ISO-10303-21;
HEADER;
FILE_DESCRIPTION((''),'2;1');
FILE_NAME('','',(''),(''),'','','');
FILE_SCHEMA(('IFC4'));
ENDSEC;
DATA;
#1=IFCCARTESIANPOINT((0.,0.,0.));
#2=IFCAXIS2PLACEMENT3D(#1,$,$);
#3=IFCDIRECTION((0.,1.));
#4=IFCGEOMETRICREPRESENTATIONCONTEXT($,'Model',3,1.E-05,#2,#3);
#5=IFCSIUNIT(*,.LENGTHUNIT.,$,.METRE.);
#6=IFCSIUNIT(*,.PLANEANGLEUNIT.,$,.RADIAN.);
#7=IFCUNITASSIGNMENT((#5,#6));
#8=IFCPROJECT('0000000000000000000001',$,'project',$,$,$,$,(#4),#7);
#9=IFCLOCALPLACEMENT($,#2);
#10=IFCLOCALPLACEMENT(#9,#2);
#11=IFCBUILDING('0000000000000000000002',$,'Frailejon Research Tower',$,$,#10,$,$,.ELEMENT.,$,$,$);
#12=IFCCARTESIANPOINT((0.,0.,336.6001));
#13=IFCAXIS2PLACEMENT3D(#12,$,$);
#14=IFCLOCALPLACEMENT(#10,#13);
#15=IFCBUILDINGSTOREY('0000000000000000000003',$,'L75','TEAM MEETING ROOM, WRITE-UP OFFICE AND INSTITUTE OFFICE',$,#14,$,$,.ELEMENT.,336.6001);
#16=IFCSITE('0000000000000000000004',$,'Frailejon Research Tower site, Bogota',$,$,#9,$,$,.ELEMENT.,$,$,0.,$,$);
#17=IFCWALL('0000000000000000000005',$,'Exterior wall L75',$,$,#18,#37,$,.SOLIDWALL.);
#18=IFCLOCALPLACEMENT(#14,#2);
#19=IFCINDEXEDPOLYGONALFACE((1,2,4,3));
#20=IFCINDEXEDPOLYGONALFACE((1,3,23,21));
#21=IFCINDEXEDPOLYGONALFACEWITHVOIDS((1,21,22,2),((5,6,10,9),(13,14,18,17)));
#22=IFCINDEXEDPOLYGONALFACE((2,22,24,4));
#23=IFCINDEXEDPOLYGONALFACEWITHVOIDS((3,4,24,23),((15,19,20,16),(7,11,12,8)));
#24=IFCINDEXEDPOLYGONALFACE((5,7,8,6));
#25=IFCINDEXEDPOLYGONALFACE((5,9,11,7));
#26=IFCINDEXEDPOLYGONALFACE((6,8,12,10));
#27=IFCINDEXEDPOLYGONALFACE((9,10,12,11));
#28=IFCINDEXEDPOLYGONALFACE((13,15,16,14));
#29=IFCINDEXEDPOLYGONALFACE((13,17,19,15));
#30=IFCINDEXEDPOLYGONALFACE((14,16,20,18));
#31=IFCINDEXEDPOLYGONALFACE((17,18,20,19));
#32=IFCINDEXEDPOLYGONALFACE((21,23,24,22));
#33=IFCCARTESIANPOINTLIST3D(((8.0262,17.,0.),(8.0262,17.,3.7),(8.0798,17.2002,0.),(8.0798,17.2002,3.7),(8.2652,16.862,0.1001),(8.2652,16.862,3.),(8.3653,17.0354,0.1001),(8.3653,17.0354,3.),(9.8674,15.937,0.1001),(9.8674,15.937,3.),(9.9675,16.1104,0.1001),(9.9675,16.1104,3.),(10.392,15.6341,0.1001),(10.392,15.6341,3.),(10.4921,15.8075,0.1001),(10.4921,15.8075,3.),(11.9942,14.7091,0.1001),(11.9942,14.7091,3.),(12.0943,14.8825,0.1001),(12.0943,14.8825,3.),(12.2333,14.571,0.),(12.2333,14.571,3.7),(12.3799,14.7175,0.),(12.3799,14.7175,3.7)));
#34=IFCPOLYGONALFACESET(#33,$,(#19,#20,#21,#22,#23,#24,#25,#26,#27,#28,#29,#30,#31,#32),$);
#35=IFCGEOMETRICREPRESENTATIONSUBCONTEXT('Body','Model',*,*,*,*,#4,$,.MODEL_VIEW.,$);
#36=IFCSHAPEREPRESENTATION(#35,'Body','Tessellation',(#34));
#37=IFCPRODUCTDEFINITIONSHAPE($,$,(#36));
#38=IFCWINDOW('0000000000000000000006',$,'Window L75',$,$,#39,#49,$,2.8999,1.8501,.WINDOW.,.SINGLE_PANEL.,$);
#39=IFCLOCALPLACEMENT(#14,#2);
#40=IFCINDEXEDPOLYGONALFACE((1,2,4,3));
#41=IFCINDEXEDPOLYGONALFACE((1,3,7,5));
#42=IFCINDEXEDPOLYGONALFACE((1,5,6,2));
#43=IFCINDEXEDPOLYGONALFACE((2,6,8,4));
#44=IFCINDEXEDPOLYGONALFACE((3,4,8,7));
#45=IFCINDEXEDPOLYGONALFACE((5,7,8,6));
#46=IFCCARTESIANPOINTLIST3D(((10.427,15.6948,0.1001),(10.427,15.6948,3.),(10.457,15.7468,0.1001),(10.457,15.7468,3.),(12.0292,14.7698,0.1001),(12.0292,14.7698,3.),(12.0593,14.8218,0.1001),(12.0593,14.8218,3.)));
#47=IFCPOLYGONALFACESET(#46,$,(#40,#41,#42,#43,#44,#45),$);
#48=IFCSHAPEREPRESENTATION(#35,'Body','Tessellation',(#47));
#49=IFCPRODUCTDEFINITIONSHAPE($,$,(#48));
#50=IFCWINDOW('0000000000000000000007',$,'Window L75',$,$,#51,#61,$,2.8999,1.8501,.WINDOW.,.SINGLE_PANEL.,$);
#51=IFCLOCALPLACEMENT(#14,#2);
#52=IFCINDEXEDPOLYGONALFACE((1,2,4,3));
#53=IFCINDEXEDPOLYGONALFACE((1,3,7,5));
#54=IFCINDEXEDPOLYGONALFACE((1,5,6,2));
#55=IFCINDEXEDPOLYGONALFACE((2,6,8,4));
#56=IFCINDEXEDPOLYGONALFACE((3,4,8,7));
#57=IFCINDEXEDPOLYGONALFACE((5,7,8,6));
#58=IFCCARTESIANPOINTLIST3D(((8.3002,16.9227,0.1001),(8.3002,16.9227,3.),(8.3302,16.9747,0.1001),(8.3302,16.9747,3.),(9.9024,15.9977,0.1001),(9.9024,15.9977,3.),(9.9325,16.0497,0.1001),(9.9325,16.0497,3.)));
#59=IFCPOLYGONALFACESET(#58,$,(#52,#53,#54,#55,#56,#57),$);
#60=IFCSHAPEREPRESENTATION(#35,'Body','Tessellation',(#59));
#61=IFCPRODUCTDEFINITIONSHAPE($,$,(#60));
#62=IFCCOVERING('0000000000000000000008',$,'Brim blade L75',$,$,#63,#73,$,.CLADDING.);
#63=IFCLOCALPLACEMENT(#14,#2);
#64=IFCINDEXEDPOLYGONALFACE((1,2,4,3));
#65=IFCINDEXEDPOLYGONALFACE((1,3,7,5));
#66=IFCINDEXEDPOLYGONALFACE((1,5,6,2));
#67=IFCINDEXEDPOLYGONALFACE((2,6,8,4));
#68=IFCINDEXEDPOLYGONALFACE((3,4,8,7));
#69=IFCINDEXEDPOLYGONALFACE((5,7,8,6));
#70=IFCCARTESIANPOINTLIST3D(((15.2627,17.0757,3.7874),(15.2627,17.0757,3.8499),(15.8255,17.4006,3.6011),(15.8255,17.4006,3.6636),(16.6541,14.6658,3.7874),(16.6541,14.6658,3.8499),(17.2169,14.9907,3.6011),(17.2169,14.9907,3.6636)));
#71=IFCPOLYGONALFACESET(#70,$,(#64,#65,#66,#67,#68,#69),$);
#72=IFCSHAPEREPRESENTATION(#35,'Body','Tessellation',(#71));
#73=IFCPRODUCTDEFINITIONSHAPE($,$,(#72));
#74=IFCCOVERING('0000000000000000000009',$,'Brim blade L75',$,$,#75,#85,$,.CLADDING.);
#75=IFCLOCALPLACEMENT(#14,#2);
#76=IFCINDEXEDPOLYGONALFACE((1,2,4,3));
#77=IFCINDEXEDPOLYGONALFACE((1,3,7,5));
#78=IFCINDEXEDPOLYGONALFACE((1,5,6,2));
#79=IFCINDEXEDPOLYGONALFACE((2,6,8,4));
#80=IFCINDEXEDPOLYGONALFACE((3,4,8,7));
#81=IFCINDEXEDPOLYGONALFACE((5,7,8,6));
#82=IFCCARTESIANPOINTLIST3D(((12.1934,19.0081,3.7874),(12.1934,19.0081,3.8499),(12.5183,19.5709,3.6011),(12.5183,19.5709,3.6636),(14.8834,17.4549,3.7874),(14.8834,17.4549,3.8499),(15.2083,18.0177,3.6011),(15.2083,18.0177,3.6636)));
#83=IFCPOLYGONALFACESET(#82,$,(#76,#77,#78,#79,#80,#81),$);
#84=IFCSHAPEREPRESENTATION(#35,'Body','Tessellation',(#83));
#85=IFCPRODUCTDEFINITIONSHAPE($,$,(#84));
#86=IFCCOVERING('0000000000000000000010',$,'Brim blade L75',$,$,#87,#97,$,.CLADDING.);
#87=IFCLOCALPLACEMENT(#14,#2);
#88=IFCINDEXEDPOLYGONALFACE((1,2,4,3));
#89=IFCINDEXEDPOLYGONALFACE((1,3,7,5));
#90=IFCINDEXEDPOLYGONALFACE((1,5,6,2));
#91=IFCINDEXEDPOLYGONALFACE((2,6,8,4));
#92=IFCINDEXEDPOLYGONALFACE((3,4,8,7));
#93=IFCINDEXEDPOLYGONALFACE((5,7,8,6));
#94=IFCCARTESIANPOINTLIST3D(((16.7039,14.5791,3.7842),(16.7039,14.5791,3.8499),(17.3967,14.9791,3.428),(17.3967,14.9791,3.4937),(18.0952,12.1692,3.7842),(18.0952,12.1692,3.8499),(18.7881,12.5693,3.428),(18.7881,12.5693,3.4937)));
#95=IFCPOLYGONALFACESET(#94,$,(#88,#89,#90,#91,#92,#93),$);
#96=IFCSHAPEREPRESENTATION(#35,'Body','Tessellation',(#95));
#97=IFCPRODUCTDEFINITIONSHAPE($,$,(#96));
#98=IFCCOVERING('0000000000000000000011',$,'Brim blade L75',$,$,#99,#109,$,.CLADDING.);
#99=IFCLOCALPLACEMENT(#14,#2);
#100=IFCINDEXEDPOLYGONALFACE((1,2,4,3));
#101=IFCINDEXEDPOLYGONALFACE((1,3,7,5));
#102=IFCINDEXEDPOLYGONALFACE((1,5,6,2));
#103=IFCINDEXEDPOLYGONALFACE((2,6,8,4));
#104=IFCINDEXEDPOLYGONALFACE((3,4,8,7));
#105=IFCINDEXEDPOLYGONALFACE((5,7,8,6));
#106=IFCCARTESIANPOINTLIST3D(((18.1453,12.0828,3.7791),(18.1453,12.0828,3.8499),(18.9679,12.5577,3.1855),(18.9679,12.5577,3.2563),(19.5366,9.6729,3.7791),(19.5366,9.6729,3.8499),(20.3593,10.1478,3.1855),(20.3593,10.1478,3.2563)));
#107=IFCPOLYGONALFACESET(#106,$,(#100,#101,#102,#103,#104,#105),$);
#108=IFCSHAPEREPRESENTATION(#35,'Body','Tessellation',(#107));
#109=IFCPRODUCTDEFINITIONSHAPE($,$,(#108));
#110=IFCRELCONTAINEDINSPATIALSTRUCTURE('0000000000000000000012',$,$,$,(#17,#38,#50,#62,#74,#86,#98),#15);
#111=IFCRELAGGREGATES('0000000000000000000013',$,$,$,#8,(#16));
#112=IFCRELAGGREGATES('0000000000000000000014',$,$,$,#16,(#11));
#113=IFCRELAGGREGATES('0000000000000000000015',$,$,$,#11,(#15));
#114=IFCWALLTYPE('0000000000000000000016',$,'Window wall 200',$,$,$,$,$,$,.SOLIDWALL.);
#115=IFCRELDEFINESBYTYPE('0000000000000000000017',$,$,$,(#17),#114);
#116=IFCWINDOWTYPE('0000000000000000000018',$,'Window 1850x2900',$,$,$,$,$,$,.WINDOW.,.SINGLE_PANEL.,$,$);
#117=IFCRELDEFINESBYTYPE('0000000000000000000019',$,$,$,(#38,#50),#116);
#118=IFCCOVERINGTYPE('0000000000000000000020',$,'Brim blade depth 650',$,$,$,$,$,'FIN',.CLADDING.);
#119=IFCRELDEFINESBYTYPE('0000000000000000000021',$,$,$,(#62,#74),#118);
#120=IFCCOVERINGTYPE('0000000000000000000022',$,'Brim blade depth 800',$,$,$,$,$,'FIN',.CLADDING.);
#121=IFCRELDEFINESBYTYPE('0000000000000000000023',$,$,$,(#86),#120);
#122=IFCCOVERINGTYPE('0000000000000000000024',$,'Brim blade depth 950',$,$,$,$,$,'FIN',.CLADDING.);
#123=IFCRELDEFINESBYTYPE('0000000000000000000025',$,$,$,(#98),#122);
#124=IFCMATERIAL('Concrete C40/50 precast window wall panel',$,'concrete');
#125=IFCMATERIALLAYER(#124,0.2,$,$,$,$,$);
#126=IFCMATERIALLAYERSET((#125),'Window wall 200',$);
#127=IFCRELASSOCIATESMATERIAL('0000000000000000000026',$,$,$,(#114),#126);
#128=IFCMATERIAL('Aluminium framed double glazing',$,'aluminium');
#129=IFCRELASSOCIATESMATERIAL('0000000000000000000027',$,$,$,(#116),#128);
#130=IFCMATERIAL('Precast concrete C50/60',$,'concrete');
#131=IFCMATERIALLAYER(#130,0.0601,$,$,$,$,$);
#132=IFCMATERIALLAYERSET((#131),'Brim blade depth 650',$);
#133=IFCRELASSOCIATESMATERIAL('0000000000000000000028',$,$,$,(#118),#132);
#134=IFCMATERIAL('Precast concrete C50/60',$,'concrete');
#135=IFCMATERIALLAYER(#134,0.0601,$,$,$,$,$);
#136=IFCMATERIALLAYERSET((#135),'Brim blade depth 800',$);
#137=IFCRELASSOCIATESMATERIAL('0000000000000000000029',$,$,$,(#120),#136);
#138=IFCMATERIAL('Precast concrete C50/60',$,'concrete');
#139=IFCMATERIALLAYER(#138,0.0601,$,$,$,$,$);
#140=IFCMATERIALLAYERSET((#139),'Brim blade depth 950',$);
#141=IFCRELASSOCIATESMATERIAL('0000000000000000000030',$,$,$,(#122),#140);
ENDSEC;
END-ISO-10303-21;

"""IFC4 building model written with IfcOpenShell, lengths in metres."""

from ifc_helpers import new_model, si_unit, direction, frame, frame_2d, origin, place, context, subcontext, project, spatial, polyline, rectangle, outline, extrude, material, layer, layer_set, type_object, element, fill, save


model = new_model("IFC4")

# Units and contexts
model_context = context("Model", 3, precision=1e-05, world=origin(), true_north=direction((0.0, 1.0)))
body_context = subcontext(model_context, "Body", "Model", "MODEL_VIEW")
ifc_project = project(units=[si_unit("LENGTHUNIT", "METRE"), si_unit("PLANEANGLEUNIT", "RADIAN")], contexts=[model_context])

# Site, building, storey
site_placement = place(None, origin())
site = spatial("IfcSite", under=ifc_project, at=site_placement, Name="Frailejon Research Tower site, Bogota", CompositionType="ELEMENT", RefElevation=0.0)
building_placement = place(site_placement, origin())
building = spatial("IfcBuilding", under=site, at=building_placement, Name="Frailejon Research Tower", CompositionType="ELEMENT")
storey_placement = place(building_placement, frame((0.0, 0.0, 336.6001)))
storey = spatial("IfcBuildingStorey", under=building, at=storey_placement, Name="L75", Description="TEAM MEETING ROOM, WRITE-UP OFFICE AND INSTITUTE OFFICE", CompositionType="ELEMENT", Elevation=336.6001)

# Wall, openings, windows
ifc_material_1 = material(Name="Concrete C40/50 precast window wall panel", Category="concrete")
ifc_layer_1 = layer(ifc_material_1, 0.2)
ifc_layer_set_1 = layer_set([ifc_layer_1], Name="Window wall 200")
wall_type = type_object("IfcWallType", Name="Window wall 200", PredefinedType="SOLIDWALL", material=ifc_layer_set_1)
wall_placement = place(storey_placement, frame((12.3066, 14.6443, 0.0), z_axis=(0.0, 0.0, 1.0), x_axis=(-0.866029, 0.499994, 0.0)))
wall = element("IfcWall", 1, at=wall_placement, inside=storey, type_object=wall_type, Name="Exterior wall L75", PredefinedType="SOLIDWALL", context=body_context, shape_type="SweptSolid", body=[
    extrude(outline(polyline([(-0.0269, -0.1001), (1.2144, -0.1001), (2.4558, -0.1001), (3.6973, -0.1001), (4.9385, -0.1001), (4.8848, 0.1001), (3.6704, 0.1001), (2.4558, 0.1001), (1.2412, 0.1001), (0.0269, 0.1001), (-0.0269, -0.1001)])), origin(), (0.0, 0.0, 1.0), 3.7),
])
opening_1_placement = place(wall_placement, frame((0.303, 0.0, 0.1001)))
opening_1 = element("IfcOpeningElement", 2, at=opening_1_placement, cuts=wall, PredefinedType="OPENING", context=body_context, shape_type="SweptSolid", body=[
    extrude(rectangle(XDim=1.8501, YDim=2.8999, at=frame_2d((0.925, 1.45))), frame((0.0, 0.1099, 0.0), z_axis=(0.0, -1.0, 0.0), x_axis=(1.0, 0.0, 0.0)), (0.0, 0.0, 1.0), 0.22),
])
opening_2_placement = place(wall_placement, frame((2.7588, 0.0, 0.1001)))
opening_2 = element("IfcOpeningElement", 3, at=opening_2_placement, cuts=wall, PredefinedType="OPENING", context=body_context, shape_type="SweptSolid", body=[
    extrude(rectangle(XDim=1.8501, YDim=2.8999, at=frame_2d((0.925, 1.45))), frame((0.0, 0.1099, 0.0), z_axis=(0.0, -1.0, 0.0), x_axis=(1.0, 0.0, 0.0)), (0.0, 0.0, 1.0), 0.22),
])
ifc_material_2 = material(Name="Aluminium framed double glazing", Category="aluminium")
window_type = type_object("IfcWindowType", Name="Window 1850x2900", PartitioningType="SINGLE_PANEL", PredefinedType="WINDOW", material=ifc_material_2)
window_1_placement = place(opening_1_placement, origin())
window_1 = element("IfcWindow", 4, at=window_1_placement, inside=storey, type_object=window_type, Name="Window L75", OverallHeight=2.8999, OverallWidth=1.8501, PartitioningType="SINGLE_PANEL", PredefinedType="WINDOW", context=body_context, shape_type="SweptSolid", body=[
    extrude(rectangle(XDim=1.8501, YDim=2.8999, at=frame_2d((0.925, 1.45))), frame((0.0, 0.03, 0.0), z_axis=(0.0, -1.0, 0.0), x_axis=(1.0, 0.0, 0.0)), (0.0, 0.0, 1.0), 0.0601),
])
fill(opening_1, window_1)
window_2_placement = place(opening_2_placement, origin())
window_2 = element("IfcWindow", 5, at=window_2_placement, inside=storey, type_object=window_type, Name="Window L75", OverallHeight=2.8999, OverallWidth=1.8501, PartitioningType="SINGLE_PANEL", PredefinedType="WINDOW", context=body_context, shape_type="SweptSolid", body=[
    extrude(rectangle(XDim=1.8501, YDim=2.8999, at=frame_2d((0.925, 1.45))), frame((0.0, 0.03, 0.0), z_axis=(0.0, -1.0, 0.0), x_axis=(1.0, 0.0, 0.0)), (0.0, 0.0, 1.0), 0.0601),
])
fill(opening_2, window_2)

# Coverings
ifc_material_3 = material(Name="Precast concrete C50/60", Category="concrete")
ifc_layer_2 = layer(ifc_material_3, 0.0601)
ifc_layer_set_2 = layer_set([ifc_layer_2], Name="Brim blade depth 650")
covering_type_1 = type_object("IfcCoveringType", Name="Brim blade depth 650", ElementType="FIN", PredefinedType="CLADDING", material=ifc_layer_set_2)
covering_1_placement = place(storey_placement, frame((15.2627, 17.0757, 3.8499), z_axis=(0.500001, -0.866025, 0.0), x_axis=(0.866025, 0.500001, 0.0)))
element("IfcCovering", 6, at=covering_1_placement, inside=storey, type_object=covering_type_1, Name="Brim blade L75", PredefinedType="CLADDING", context=body_context, shape_type="SweptSolid", body=[
    extrude(outline(polyline([(0.0, -0.0625), (0.6499, -0.2488), (0.6499, -0.1863), (0.0, 0.0), (0.0, -0.0625)])), origin(), (0.0, 0.0, 1.0), 2.7827),
])
covering_2_placement = place(storey_placement, frame((12.1934, 19.0081, 3.8499), z_axis=(0.866014, -0.50002, 0.0), x_axis=(0.50002, 0.866014, 0.0)))
element("IfcCovering", 7, at=covering_2_placement, inside=storey, type_object=covering_type_1, Name="Brim blade L75", PredefinedType="CLADDING", context=body_context, shape_type="SweptSolid", body=[
    extrude(outline(polyline([(0.0, -0.0625), (0.6499, -0.2488), (0.6499, -0.1863), (0.0, 0.0), (0.0, -0.0625)])), origin(), (0.0, 0.0, 1.0), 3.1062),
])
ifc_material_4 = material(Name="Precast concrete C50/60", Category="concrete")
ifc_layer_3 = layer(ifc_material_4, 0.0601)
ifc_layer_set_3 = layer_set([ifc_layer_3], Name="Brim blade depth 800")
covering_type_2 = type_object("IfcCoveringType", Name="Brim blade depth 800", ElementType="FIN", PredefinedType="CLADDING", material=ifc_layer_set_3)
covering_3_placement = place(storey_placement, frame((16.7039, 14.5791, 3.8499), z_axis=(0.500012, -0.866019, 0.0), x_axis=(0.866019, 0.500012, 0.0)))
element("IfcCovering", 8, at=covering_3_placement, inside=storey, type_object=covering_type_2, Name="Brim blade L75", PredefinedType="CLADDING", context=body_context, shape_type="SweptSolid", body=[
    extrude(outline(polyline([(0.0, -0.0657), (0.8, -0.4219), (0.8, -0.3562), (0.0, 0.0), (0.0, -0.0657)])), origin(), (0.0, 0.0, 1.0), 2.7827),
])
ifc_material_5 = material(Name="Precast concrete C50/60", Category="concrete")
ifc_layer_4 = layer(ifc_material_5, 0.0601)
ifc_layer_set_4 = layer_set([ifc_layer_4], Name="Brim blade depth 950")
covering_type_3 = type_object("IfcCoveringType", Name="Brim blade depth 950", ElementType="FIN", PredefinedType="CLADDING", material=ifc_layer_set_4)
covering_4_placement = place(storey_placement, frame((18.1453, 12.0828, 3.8499), z_axis=(0.500001, -0.866025, 0.0), x_axis=(0.866025, 0.500001, 0.0)))
element("IfcCovering", 9, at=covering_4_placement, inside=storey, type_object=covering_type_3, Name="Brim blade L75", PredefinedType="CLADDING", context=body_context, shape_type="SweptSolid", body=[
    extrude(outline(polyline([(0.0, -0.0708), (0.95, -0.6643), (0.95, -0.5935), (0.0, 0.0), (0.0, -0.0708)])), origin(), (0.0, 0.0, 1.0), 2.7827),
])

save(model, "model.ifc")
